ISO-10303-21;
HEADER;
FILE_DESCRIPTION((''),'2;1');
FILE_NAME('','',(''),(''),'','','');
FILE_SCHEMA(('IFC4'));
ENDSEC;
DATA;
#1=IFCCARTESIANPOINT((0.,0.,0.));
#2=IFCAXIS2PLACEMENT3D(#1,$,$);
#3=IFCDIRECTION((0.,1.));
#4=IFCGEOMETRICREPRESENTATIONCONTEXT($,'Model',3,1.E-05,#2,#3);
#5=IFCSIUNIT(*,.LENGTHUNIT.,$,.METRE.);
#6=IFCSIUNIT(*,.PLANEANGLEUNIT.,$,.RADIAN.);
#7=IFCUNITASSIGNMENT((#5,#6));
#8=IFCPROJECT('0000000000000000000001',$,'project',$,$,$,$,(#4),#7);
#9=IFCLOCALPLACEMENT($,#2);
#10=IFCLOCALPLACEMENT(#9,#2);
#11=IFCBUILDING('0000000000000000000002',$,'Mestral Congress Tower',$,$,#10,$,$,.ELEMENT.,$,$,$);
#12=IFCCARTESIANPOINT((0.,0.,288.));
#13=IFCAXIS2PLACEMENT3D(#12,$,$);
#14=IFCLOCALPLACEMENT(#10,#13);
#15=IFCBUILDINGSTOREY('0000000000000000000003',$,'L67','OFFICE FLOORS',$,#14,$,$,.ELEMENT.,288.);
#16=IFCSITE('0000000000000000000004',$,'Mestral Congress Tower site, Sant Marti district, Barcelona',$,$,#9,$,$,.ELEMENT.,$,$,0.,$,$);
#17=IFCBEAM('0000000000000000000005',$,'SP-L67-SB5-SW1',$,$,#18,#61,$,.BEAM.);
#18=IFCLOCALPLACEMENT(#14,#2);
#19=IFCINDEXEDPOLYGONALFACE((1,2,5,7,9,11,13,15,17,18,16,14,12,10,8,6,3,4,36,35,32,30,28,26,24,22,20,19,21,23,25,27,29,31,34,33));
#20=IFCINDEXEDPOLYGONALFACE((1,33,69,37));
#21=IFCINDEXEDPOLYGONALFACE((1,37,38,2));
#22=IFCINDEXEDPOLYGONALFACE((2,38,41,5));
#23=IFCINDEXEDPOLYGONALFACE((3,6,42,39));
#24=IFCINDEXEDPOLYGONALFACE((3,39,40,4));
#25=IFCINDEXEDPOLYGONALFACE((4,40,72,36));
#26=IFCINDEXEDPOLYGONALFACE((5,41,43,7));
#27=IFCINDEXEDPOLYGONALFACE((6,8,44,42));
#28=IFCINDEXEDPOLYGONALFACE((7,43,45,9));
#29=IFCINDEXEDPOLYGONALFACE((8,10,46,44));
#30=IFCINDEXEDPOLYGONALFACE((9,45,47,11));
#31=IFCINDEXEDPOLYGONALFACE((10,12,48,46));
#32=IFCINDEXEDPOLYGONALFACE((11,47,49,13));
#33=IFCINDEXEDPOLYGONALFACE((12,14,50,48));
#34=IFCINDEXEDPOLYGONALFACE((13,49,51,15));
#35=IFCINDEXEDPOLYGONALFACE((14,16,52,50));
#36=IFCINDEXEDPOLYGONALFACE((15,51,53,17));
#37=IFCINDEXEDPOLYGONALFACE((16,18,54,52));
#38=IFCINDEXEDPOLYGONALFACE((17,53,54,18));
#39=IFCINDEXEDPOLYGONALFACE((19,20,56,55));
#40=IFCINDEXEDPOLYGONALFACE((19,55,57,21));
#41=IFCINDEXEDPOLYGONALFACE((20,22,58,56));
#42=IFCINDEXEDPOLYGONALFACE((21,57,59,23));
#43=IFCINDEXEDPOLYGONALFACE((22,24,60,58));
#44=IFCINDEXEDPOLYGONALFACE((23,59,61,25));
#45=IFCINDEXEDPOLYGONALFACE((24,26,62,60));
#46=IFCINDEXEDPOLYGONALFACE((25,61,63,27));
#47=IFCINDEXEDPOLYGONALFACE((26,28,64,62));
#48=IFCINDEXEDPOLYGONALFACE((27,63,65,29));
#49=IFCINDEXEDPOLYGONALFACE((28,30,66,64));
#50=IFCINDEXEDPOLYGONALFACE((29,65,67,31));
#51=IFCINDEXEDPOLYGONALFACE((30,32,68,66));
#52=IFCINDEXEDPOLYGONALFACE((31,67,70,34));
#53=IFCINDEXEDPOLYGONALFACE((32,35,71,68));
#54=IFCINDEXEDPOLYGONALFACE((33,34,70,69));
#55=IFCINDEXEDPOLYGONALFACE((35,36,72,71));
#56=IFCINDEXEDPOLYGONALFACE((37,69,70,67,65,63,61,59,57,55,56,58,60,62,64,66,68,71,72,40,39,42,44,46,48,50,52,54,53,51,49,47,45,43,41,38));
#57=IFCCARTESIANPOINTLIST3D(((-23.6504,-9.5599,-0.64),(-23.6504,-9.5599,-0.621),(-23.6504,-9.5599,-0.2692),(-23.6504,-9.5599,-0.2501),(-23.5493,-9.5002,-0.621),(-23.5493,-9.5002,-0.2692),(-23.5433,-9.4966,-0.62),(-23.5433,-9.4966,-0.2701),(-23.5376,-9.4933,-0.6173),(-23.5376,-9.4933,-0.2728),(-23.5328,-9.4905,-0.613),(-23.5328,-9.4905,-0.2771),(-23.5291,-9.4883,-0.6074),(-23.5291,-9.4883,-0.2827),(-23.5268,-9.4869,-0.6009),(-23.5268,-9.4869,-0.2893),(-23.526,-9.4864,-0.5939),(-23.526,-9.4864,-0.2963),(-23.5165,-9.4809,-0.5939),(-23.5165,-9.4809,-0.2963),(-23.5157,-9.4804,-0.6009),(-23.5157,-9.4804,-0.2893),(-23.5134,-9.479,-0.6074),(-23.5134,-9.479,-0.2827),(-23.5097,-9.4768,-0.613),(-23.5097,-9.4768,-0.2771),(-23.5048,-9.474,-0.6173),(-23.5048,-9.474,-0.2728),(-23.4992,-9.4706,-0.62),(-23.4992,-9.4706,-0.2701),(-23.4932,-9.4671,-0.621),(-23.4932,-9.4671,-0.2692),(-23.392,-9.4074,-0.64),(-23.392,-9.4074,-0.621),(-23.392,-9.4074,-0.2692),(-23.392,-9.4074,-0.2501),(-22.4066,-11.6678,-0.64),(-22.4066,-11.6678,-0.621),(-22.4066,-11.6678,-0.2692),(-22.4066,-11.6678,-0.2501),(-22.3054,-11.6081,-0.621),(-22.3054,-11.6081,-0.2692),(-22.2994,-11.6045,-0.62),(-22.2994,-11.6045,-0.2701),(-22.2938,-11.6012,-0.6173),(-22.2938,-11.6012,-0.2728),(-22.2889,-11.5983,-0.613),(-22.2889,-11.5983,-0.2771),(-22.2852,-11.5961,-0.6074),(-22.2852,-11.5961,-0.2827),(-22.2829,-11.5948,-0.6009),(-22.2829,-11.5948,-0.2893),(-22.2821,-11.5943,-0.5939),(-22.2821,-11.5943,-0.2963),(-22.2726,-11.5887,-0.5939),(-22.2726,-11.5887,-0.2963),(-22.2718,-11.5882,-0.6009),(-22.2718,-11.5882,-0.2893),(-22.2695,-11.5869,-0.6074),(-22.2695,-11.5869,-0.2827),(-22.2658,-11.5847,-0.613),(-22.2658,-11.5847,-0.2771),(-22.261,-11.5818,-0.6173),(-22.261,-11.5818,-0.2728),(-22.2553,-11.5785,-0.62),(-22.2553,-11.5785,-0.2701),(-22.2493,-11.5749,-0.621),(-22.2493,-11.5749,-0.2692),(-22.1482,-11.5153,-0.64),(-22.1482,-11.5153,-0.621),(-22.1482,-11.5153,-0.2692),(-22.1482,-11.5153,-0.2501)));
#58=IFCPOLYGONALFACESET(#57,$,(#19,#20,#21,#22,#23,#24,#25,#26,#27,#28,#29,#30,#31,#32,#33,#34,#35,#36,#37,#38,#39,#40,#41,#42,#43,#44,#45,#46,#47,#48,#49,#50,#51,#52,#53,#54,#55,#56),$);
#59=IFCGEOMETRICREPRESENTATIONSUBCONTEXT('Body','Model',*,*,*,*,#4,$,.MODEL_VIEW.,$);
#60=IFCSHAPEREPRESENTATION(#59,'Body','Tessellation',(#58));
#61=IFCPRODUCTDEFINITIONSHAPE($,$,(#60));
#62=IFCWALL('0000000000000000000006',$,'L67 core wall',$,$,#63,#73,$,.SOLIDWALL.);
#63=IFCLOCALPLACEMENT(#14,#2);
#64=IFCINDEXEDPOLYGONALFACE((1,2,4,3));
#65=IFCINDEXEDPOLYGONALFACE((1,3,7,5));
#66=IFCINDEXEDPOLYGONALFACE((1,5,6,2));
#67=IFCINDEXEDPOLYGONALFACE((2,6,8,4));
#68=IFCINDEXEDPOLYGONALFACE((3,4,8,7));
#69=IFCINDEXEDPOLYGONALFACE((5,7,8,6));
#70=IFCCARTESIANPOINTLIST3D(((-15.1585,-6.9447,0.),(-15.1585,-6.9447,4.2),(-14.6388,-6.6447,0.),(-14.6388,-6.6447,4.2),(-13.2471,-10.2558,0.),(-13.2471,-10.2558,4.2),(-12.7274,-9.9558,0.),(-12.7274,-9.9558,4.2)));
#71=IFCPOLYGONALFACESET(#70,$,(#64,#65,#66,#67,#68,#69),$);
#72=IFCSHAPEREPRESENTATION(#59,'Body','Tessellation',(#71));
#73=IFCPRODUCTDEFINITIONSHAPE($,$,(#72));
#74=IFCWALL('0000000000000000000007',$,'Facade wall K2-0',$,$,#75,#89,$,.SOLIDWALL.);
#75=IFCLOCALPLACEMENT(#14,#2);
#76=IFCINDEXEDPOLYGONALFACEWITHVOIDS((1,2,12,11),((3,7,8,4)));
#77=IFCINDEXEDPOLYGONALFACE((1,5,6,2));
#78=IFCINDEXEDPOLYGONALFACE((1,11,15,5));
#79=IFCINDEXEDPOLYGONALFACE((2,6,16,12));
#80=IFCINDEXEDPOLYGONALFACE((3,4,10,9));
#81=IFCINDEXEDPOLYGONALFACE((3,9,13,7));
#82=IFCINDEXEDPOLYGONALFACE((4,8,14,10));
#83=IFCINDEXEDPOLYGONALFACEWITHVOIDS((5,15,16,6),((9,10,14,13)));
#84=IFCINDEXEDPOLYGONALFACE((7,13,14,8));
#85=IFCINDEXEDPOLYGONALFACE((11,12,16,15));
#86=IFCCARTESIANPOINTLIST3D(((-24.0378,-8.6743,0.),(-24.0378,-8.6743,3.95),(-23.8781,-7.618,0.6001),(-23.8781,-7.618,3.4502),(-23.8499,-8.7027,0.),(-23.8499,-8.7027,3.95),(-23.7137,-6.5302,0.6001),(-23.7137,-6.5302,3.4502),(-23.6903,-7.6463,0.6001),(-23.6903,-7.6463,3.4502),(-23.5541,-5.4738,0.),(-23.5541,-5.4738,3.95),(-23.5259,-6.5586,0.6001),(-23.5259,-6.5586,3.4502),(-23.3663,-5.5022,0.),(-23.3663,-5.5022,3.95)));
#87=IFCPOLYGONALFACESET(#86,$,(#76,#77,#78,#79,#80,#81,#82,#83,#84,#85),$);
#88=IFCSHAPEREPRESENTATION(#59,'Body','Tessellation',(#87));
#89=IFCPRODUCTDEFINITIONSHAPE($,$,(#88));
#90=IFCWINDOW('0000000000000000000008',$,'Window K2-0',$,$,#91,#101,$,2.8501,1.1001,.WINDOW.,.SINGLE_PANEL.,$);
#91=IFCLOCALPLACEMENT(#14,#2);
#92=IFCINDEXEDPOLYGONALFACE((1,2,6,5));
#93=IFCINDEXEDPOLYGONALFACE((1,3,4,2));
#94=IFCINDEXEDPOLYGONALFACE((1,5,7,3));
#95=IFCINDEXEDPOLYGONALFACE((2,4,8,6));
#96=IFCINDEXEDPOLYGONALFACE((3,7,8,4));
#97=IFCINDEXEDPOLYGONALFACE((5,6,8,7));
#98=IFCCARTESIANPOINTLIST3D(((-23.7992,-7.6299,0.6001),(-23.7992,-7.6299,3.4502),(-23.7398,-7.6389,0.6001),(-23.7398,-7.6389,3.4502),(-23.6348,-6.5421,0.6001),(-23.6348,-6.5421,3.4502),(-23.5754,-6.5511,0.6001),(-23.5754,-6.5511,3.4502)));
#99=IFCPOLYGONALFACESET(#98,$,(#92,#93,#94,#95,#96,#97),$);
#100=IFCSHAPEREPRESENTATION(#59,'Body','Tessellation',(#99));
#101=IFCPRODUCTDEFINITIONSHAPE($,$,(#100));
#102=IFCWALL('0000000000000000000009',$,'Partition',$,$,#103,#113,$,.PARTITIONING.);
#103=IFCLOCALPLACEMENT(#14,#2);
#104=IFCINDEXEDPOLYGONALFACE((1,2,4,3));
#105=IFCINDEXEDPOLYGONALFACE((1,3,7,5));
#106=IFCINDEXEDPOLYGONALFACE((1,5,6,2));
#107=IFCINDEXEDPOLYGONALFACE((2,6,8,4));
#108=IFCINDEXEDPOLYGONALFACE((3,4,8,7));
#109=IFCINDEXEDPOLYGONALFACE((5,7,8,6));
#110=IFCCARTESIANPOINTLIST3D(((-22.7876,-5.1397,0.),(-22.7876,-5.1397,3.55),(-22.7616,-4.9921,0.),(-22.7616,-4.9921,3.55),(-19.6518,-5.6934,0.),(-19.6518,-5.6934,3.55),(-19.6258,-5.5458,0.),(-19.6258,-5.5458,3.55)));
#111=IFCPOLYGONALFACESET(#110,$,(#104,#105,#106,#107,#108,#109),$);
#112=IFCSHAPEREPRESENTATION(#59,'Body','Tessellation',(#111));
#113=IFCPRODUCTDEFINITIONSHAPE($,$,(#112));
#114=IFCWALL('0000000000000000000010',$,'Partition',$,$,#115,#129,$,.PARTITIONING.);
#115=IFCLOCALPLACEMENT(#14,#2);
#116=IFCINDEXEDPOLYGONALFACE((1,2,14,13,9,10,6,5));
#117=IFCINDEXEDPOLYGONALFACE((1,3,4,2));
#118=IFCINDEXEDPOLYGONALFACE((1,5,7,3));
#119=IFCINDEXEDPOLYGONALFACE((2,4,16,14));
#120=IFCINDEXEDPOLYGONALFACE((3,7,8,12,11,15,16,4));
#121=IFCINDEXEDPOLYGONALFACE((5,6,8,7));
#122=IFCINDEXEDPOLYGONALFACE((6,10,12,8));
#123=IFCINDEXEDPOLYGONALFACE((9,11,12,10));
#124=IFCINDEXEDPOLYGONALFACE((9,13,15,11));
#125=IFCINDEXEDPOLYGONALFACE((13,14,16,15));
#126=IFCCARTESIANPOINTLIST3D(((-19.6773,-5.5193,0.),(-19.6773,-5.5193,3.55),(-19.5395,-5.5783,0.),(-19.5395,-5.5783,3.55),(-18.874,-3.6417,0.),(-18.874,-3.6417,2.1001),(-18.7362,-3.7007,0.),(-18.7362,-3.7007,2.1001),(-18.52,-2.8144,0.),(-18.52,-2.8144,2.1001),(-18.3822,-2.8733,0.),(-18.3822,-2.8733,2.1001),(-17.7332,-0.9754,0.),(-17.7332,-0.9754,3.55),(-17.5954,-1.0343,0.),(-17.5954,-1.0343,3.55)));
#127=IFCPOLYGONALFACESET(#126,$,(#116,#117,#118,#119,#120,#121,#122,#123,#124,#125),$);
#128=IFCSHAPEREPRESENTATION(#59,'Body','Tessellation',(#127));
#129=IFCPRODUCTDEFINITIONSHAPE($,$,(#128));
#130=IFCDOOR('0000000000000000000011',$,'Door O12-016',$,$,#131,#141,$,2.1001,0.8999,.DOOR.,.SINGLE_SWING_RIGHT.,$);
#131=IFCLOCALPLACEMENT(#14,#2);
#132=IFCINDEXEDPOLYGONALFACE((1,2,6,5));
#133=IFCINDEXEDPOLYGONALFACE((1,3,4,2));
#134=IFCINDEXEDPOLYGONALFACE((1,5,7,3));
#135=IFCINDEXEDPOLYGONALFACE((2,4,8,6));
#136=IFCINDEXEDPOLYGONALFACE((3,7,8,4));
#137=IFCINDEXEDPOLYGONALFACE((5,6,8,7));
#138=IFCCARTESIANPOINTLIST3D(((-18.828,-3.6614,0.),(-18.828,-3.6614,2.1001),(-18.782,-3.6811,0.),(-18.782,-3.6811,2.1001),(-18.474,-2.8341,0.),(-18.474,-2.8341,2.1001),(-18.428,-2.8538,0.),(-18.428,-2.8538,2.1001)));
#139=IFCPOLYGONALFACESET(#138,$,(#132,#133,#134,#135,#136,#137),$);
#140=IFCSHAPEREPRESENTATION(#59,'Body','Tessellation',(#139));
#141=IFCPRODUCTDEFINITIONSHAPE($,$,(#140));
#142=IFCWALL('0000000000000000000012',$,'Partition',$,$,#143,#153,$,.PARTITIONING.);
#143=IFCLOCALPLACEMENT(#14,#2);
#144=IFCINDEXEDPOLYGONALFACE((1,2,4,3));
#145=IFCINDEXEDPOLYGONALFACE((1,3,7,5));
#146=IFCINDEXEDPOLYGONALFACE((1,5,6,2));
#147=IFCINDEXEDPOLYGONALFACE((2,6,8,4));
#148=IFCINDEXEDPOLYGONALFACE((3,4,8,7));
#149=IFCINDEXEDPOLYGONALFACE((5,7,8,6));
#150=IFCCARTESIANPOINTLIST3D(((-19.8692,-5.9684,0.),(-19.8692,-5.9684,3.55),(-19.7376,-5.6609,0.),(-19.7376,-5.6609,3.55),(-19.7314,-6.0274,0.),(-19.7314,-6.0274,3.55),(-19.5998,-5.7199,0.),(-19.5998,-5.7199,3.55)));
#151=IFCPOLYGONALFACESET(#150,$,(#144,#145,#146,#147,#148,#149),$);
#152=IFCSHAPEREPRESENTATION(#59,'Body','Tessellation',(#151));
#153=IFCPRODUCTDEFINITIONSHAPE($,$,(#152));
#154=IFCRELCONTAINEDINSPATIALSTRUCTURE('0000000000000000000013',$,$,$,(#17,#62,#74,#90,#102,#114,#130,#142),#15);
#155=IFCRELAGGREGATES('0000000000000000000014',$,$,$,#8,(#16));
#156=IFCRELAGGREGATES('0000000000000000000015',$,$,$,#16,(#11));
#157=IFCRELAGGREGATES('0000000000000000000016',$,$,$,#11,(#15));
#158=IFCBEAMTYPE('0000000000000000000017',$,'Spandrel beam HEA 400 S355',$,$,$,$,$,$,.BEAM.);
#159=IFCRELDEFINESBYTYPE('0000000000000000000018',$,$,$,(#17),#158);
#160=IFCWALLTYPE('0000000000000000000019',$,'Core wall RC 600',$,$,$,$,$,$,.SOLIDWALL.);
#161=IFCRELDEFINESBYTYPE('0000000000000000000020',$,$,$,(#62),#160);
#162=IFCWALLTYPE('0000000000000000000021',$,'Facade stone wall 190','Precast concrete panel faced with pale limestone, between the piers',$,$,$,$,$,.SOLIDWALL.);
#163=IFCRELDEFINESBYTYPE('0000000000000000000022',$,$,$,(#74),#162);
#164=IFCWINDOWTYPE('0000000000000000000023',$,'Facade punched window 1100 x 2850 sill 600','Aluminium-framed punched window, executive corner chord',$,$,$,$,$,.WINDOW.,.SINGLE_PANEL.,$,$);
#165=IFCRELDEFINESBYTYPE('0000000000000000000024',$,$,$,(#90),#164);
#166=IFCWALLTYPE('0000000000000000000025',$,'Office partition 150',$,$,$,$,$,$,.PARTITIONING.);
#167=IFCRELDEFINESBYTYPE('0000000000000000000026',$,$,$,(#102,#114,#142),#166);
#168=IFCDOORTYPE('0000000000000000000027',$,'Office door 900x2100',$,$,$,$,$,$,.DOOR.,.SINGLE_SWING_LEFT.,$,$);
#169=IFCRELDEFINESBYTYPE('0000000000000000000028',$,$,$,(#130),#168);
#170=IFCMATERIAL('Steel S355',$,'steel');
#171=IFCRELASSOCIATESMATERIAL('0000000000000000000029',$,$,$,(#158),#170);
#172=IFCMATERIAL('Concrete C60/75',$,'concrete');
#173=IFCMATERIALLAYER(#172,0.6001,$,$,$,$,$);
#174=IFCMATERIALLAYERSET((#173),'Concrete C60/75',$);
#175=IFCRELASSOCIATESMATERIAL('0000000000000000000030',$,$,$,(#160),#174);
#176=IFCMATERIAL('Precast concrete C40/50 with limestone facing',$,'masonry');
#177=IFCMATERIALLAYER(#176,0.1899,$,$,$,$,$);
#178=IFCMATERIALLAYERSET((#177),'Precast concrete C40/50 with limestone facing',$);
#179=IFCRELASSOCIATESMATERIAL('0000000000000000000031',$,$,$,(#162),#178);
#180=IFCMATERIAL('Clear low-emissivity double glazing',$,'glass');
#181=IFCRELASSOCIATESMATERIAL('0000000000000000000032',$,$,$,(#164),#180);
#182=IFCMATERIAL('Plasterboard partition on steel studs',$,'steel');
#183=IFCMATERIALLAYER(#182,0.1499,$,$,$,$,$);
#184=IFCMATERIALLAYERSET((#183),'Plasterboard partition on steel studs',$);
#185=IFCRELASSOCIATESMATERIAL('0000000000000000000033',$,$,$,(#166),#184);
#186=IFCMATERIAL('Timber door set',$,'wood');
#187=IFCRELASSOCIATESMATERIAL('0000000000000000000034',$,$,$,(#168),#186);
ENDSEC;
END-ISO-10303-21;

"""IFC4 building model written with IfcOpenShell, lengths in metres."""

from ifc_helpers import new_model, si_unit, direction, frame, frame_2d, origin, origin_2d, place, context, subcontext, project, spatial, rectangle, i_section, extrude, material, layer, layer_set, material_profile, profile_set, type_object, element, fill, save


model = new_model("IFC4")

# Units and contexts
model_context = context("Model", 3, precision=1e-05, world=origin(), true_north=direction((0.0, 1.0)))
body_context = subcontext(model_context, "Body", "Model", "MODEL_VIEW")
ifc_project = project(units=[si_unit("LENGTHUNIT", "METRE"), si_unit("PLANEANGLEUNIT", "RADIAN")], contexts=[model_context])

# Site, building, storey
site_placement = place(None, origin())
site = spatial("IfcSite", under=ifc_project, at=site_placement, Name="Mestral Congress Tower site, Sant Marti district, Barcelona", CompositionType="ELEMENT", RefElevation=0.0)
building_placement = place(site_placement, origin())
building = spatial("IfcBuilding", under=site, at=building_placement, Name="Mestral Congress Tower", CompositionType="ELEMENT")
storey_placement = place(building_placement, frame((0.0, 0.0, 288.0)))
storey = spatial("IfcBuildingStorey", under=building, at=storey_placement, Name="L67", Description="OFFICE FLOORS", CompositionType="ELEMENT", Elevation=288.0)

# Shared definitions
ifc_material_1 = material(Name="Concrete C60/75", Category="concrete")

# Beam
ifc_material_2 = material(Name="Steel S355", Category="steel")
ifc_material_profile_1 = material_profile(ifc_material_2, i_section(OverallWidth=0.3, OverallDepth=0.3899, WebThickness=0.011, FlangeThickness=0.019, FilletRadius=0.0271, at=origin_2d()), Name="HEA 400")
ifc_profile_set_1 = profile_set([ifc_material_profile_1], Name="Steel S355")
beam_type_1 = type_object("IfcBeamType", Name="Spandrel beam HEA 400 S355", PredefinedType="BEAM", material=ifc_profile_set_1)
beam_1_placement = place(storey_placement, frame((-23.5212, -9.4836, -0.4451), z_axis=(0.508218, -0.861228, 0.0), x_axis=(0.861228, 0.508218, 0.0)))
element("IfcBeam", 1, at=beam_1_placement, inside=storey, type_object=beam_type_1, Name="SP-L67-SB5-SW1", PredefinedType="BEAM", context=body_context, shape_type="SweptSolid", body=[
    extrude(i_section(OverallWidth=0.3, OverallDepth=0.3899, WebThickness=0.011, FlangeThickness=0.019, FilletRadius=0.0271, at=origin_2d()), origin(), (0.0, 0.0, 1.0), 2.4475),
])

# Wall
ifc_layer_1 = layer(ifc_material_1, 0.6001)
ifc_layer_set_1 = layer_set([ifc_layer_1], Name="Concrete C60/75")
wall_type_1 = type_object("IfcWallType", Name="Core wall RC 600", PredefinedType="SOLIDWALL", material=ifc_layer_set_1)
wall_1_placement = place(storey_placement, frame((-14.8987, -6.7947, 0.0), z_axis=(0.0, 0.0, 1.0), x_axis=(0.499951, -0.866054, 0.0)))
element("IfcWall", 2, at=wall_1_placement, inside=storey, type_object=wall_type_1, Name="L67 core wall", PredefinedType="SOLIDWALL", context=body_context, shape_type="SweptSolid", body=[
    extrude(rectangle(XDim=3.8232, YDim=0.6001, at=frame_2d((1.9116, 0.0))), origin(), (0.0, 0.0, 1.0), 4.2),
])

# Wall, opening, window
ifc_material_3 = material(Name="Precast concrete C40/50 with limestone facing", Category="masonry")
ifc_layer_2 = layer(ifc_material_3, 0.1899)
ifc_layer_set_2 = layer_set([ifc_layer_2], Name="Precast concrete C40/50 with limestone facing")
wall_type_2 = type_object("IfcWallType", Name="Facade stone wall 190", Description="Precast concrete panel faced with pale limestone, between the piers", PredefinedType="SOLIDWALL", material=ifc_layer_set_2)
wall_2_placement = place(storey_placement, frame((-23.4602, -5.488, 0.0), z_axis=(0.0, 0.0, 1.0), x_axis=(-0.149421, -0.988774, 0.0)))
wall_2 = element("IfcWall", 3, at=wall_2_placement, inside=storey, type_object=wall_type_2, Name="Facade wall K2-0", PredefinedType="SOLIDWALL", context=body_context, shape_type="SweptSolid", body=[
    extrude(rectangle(XDim=3.2368, YDim=0.1899, at=frame_2d((1.6184, 0.0))), origin(), (0.0, 0.0, 1.0), 3.95),
])
opening_1_placement = place(wall_2_placement, frame((1.0684, 0.0, 0.6001)))
opening_1 = element("IfcOpeningElement", 4, at=opening_1_placement, cuts=wall_2, PredefinedType="OPENING", context=body_context, shape_type="SweptSolid", body=[
    extrude(rectangle(XDim=1.1001, YDim=2.8501, at=frame_2d((0.55, 1.425))), frame((0.0, 0.105, 0.0), z_axis=(0.0, -1.0, 0.0), x_axis=(1.0, 0.0, 0.0)), (0.0, 0.0, 1.0), 0.21),
])
ifc_material_4 = material(Name="Clear low-emissivity double glazing", Category="glass")
window_type = type_object("IfcWindowType", Name="Facade punched window 1100 x 2850 sill 600", Description="Aluminium-framed punched window, executive corner chord", PartitioningType="SINGLE_PANEL", PredefinedType="WINDOW", material=ifc_material_4)
window_placement = place(opening_1_placement, origin())
window = element("IfcWindow", 5, at=window_placement, inside=storey, type_object=window_type, Name="Window K2-0", OverallHeight=2.8501, OverallWidth=1.1001, PartitioningType="SINGLE_PANEL", PredefinedType="WINDOW", context=body_context, shape_type="SweptSolid", body=[
    extrude(rectangle(XDim=1.1001, YDim=2.8501, at=frame_2d((0.55, 1.425))), frame((0.0, 0.0449, 0.0), z_axis=(0.0, -1.0, 0.0), x_axis=(1.0, 0.0, 0.0)), (0.0, 0.0, 1.0), 0.0601),
])
fill(opening_1, window)

# Wall
ifc_material_5 = material(Name="Plasterboard partition on steel studs", Category="steel")
ifc_layer_3 = layer(ifc_material_5, 0.1499)
ifc_layer_set_3 = layer_set([ifc_layer_3], Name="Plasterboard partition on steel studs")
wall_type_3 = type_object("IfcWallType", Name="Office partition 150", PredefinedType="PARTITIONING", material=ifc_layer_set_3)
wall_3_placement = place(storey_placement, frame((-19.6387, -5.6196, 0.0), z_axis=(0.0, 0.0, 1.0), x_axis=(-0.984765, 0.17389, 0.0)))
element("IfcWall", 6, at=wall_3_placement, inside=storey, type_object=wall_type_3, Name="Partition", PredefinedType="PARTITIONING", context=body_context, shape_type="SweptSolid", body=[
    extrude(rectangle(XDim=3.1843, YDim=0.1499, at=frame_2d((1.5923, 0.0))), origin(), (0.0, 0.0, 1.0), 3.55),
])

# Wall, opening, door
wall_4_placement = place(storey_placement, frame((-19.6084, -5.5488, 0.0), z_axis=(0.0, 0.0, 1.0), x_axis=(0.393353, 0.919388, 0.0)))
wall_4 = element("IfcWall", 7, at=wall_4_placement, inside=storey, type_object=wall_type_3, Name="Partition", PredefinedType="PARTITIONING", context=body_context, shape_type="SweptSolid", body=[
    extrude(rectangle(XDim=4.9424, YDim=0.1499, at=frame_2d((2.4712, 0.0))), origin(), (0.0, 0.0, 1.0), 3.55),
])
opening_2_placement = place(wall_4_placement, frame((2.0422, 0.0, 0.0)))
opening_2 = element("IfcOpeningElement", 8, at=opening_2_placement, cuts=wall_4, PredefinedType="OPENING", context=body_context, shape_type="SweptSolid", body=[
    extrude(rectangle(XDim=0.8999, YDim=2.1001, at=frame_2d((0.45, 1.05))), frame((0.0, 0.085, 0.0), z_axis=(0.0, -1.0, 0.0), x_axis=(1.0, 0.0, 0.0)), (0.0, 0.0, 1.0), 0.1699),
])
ifc_material_6 = material(Name="Timber door set", Category="wood")
door_type = type_object("IfcDoorType", Name="Office door 900x2100", OperationType="SINGLE_SWING_LEFT", PredefinedType="DOOR", material=ifc_material_6)
door_1_placement = place(opening_2_placement, origin())
door_1 = element("IfcDoor", 9, at=door_1_placement, inside=storey, type_object=door_type, Name="Door O12-016", OperationType="SINGLE_SWING_RIGHT", OverallHeight=2.1001, OverallWidth=0.8999, PredefinedType="DOOR", context=body_context, shape_type="SweptSolid", body=[
    extrude(rectangle(XDim=0.8999, YDim=2.1001, at=frame_2d((0.45, 1.05))), frame((0.0, 0.0249, 0.0), z_axis=(0.0, -1.0, 0.0), x_axis=(1.0, 0.0, 0.0)), (0.0, 0.0, 1.0), 0.05),
])
fill(opening_2, door_1)

# Wall
wall_5_placement = place(storey_placement, frame((-19.6687, -5.6904, 0.0), z_axis=(0.0, 0.0, 1.0), x_axis=(-0.393567, -0.919296, 0.0)))
element("IfcWall", 10, at=wall_5_placement, inside=storey, type_object=wall_type_3, Name="Partition", PredefinedType="PARTITIONING", context=body_context, shape_type="SweptSolid", body=[
    extrude(rectangle(XDim=0.3345, YDim=0.1499, at=frame_2d((0.1672, 0.0))), origin(), (0.0, 0.0, 1.0), 3.55),
])

save(model, "model.ifc")
